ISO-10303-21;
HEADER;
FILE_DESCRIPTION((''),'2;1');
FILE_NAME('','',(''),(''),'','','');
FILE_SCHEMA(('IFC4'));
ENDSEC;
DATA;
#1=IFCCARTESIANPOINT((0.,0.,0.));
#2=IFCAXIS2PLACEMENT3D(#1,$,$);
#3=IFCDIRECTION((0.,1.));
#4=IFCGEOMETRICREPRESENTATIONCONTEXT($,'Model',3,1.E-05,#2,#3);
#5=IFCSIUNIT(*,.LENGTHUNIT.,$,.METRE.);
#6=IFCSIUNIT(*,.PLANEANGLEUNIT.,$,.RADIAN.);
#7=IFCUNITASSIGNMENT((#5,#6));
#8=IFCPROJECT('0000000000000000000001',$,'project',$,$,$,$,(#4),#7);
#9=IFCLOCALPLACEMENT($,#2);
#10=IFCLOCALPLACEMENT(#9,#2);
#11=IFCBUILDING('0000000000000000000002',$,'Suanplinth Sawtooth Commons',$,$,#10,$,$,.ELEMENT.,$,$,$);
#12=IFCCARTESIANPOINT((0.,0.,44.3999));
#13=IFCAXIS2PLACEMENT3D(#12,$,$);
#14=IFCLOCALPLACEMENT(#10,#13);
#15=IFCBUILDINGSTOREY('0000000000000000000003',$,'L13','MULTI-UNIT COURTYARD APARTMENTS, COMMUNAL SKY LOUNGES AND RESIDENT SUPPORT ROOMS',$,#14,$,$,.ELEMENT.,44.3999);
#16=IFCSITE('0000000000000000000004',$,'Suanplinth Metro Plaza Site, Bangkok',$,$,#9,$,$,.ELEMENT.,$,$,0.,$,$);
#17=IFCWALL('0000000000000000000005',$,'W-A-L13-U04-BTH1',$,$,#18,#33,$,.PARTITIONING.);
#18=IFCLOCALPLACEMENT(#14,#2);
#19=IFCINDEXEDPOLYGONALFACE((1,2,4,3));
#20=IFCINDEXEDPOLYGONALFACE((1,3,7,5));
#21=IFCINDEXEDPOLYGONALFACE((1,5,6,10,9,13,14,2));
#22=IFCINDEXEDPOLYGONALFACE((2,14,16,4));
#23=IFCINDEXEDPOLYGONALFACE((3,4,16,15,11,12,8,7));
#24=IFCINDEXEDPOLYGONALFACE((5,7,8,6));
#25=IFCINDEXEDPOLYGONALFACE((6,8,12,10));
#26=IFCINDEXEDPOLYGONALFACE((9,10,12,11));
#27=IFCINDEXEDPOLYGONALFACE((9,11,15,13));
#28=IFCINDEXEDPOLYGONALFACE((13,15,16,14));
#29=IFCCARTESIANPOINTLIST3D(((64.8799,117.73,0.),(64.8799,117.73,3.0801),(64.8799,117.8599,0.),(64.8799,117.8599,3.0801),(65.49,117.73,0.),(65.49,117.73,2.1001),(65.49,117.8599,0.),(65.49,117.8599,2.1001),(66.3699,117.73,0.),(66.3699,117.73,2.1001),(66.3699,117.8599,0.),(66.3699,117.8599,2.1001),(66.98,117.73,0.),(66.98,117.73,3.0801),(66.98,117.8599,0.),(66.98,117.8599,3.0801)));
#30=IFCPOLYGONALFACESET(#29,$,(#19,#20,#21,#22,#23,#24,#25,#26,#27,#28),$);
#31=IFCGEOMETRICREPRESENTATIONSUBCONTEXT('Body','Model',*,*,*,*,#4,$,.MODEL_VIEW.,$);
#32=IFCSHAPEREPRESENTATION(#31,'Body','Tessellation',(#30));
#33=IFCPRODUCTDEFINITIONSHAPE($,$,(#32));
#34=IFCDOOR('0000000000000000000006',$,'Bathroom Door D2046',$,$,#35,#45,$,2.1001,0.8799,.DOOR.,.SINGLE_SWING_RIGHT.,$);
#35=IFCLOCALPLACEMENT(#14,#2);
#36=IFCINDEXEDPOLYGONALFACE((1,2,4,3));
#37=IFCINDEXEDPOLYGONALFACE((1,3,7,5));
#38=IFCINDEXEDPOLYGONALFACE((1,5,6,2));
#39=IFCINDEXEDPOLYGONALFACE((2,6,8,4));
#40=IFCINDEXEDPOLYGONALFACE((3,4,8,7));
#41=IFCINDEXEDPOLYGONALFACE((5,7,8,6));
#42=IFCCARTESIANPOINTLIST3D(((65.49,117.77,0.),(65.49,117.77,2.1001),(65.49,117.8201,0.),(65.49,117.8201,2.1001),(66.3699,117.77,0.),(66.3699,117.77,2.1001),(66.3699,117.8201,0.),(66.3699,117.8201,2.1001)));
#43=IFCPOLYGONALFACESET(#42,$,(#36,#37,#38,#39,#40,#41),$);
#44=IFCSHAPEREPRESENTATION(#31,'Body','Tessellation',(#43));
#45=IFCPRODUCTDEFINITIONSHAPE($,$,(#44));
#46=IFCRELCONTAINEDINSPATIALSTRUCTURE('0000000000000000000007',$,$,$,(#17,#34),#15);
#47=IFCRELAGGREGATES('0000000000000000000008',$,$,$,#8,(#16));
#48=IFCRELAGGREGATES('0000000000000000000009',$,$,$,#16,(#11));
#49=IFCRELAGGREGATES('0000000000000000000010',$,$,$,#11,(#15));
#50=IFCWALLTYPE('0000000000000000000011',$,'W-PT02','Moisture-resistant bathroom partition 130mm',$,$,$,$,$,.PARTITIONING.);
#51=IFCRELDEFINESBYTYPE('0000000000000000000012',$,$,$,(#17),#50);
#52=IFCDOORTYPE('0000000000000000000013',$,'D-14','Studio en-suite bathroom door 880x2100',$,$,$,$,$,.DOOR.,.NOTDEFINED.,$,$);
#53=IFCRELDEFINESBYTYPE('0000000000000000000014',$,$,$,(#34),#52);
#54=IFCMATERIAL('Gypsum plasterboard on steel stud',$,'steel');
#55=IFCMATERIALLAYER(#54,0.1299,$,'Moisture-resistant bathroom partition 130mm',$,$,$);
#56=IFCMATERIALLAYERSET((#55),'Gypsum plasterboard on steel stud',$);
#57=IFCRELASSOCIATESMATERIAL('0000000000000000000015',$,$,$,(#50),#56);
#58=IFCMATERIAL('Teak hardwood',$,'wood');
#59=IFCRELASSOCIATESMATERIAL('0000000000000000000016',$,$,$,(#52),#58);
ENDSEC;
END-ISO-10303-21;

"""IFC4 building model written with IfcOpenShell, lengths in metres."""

from ifc_helpers import new_model, si_unit, direction, frame, frame_2d, origin, place, context, subcontext, project, spatial, rectangle, extrude, material, layer, layer_set, type_object, element, fill, save


model = new_model("IFC4")

# Units and contexts
model_context = context("Model", 3, precision=1e-05, world=origin(), true_north=direction((0.0, 1.0)))
body_context = subcontext(model_context, "Body", "Model", "MODEL_VIEW")
ifc_project = project(units=[si_unit("LENGTHUNIT", "METRE"), si_unit("PLANEANGLEUNIT", "RADIAN")], contexts=[model_context])

# Site, building, storey
site_placement = place(None, origin())
site = spatial("IfcSite", under=ifc_project, at=site_placement, Name="Suanplinth Metro Plaza Site, Bangkok", CompositionType="ELEMENT", RefElevation=0.0)
building_placement = place(site_placement, origin())
building = spatial("IfcBuilding", under=site, at=building_placement, Name="Suanplinth Sawtooth Commons", CompositionType="ELEMENT")
storey_placement = place(building_placement, frame((0.0, 0.0, 44.3999)))
storey = spatial("IfcBuildingStorey", under=building, at=storey_placement, Name="L13", Description="MULTI-UNIT COURTYARD APARTMENTS, COMMUNAL SKY LOUNGES AND RESIDENT SUPPORT ROOMS", CompositionType="ELEMENT", Elevation=44.3999)

# Shared definitions
ifc_material_1 = material(Name="Gypsum plasterboard on steel stud", Category="steel")
ifc_material_2 = material(Name="Teak hardwood", Category="wood")
ifc_layer_1 = layer(ifc_material_1, 0.1299, Name="Moisture-resistant bathroom partition 130mm")
ifc_layer_set_1 = layer_set([ifc_layer_1], Name="Gypsum plasterboard on steel stud")
wall_type_1 = type_object("IfcWallType", Name="W-PT02", Description="Moisture-resistant bathroom partition 130mm", PredefinedType="PARTITIONING", material=ifc_layer_set_1)
door_type_1 = type_object("IfcDoorType", Name="D-14", Description="Studio en-suite bathroom door 880x2100", OperationType="NOTDEFINED", PredefinedType="DOOR", material=ifc_material_2)

# Wall, opening, door
wall_1_placement = place(storey_placement, frame((64.8799, 117.7949, 0.0), z_axis=(0.0, 0.0, 1.0), x_axis=(1.0, 0.0, 0.0)))
wall_1 = element("IfcWall", 1, at=wall_1_placement, inside=storey, type_object=wall_type_1, Name="W-A-L13-U04-BTH1", PredefinedType="PARTITIONING", context=body_context, shape_type="SweptSolid", body=[
    extrude(rectangle(XDim=2.1001, YDim=0.1299, at=frame_2d((1.05, 0.0))), origin(), (0.0, 0.0, 1.0), 3.0801),
])
opening_1_placement = place(wall_1_placement, frame((0.6101, 0.0, 0.0)))
opening_1 = element("IfcOpeningElement", 2, at=opening_1_placement, cuts=wall_1, PredefinedType="OPENING", context=body_context, shape_type="SweptSolid", body=[
    extrude(rectangle(XDim=0.8799, YDim=2.1001, at=frame_2d((0.4399, 1.05))), frame((0.0, 0.0798, 0.0), z_axis=(0.0, -1.0, 0.0), x_axis=(1.0, 0.0, 0.0)), (0.0, 0.0, 1.0), 0.1597),
])
door_1_placement = place(opening_1_placement, frame((0.8799, 0.0, 0.0), z_axis=(0.0, 0.0, 1.0), x_axis=(-1.0, 0.0, 0.0)))
door_1 = element("IfcDoor", 3, at=door_1_placement, inside=storey, type_object=door_type_1, Name="Bathroom Door D2046", OperationType="SINGLE_SWING_RIGHT", OverallHeight=2.1001, OverallWidth=0.8799, PredefinedType="DOOR", context=body_context, shape_type="SweptSolid", body=[
    extrude(rectangle(XDim=0.8799, YDim=2.1001, at=frame_2d((0.4399, 1.05))), frame((0.0, 0.0249, 0.0), z_axis=(0.0, -1.0, 0.0), x_axis=(1.0, 0.0, 0.0)), (0.0, 0.0, 1.0), 0.05),
])
fill(opening_1, door_1)

save(model, "model.ifc")
